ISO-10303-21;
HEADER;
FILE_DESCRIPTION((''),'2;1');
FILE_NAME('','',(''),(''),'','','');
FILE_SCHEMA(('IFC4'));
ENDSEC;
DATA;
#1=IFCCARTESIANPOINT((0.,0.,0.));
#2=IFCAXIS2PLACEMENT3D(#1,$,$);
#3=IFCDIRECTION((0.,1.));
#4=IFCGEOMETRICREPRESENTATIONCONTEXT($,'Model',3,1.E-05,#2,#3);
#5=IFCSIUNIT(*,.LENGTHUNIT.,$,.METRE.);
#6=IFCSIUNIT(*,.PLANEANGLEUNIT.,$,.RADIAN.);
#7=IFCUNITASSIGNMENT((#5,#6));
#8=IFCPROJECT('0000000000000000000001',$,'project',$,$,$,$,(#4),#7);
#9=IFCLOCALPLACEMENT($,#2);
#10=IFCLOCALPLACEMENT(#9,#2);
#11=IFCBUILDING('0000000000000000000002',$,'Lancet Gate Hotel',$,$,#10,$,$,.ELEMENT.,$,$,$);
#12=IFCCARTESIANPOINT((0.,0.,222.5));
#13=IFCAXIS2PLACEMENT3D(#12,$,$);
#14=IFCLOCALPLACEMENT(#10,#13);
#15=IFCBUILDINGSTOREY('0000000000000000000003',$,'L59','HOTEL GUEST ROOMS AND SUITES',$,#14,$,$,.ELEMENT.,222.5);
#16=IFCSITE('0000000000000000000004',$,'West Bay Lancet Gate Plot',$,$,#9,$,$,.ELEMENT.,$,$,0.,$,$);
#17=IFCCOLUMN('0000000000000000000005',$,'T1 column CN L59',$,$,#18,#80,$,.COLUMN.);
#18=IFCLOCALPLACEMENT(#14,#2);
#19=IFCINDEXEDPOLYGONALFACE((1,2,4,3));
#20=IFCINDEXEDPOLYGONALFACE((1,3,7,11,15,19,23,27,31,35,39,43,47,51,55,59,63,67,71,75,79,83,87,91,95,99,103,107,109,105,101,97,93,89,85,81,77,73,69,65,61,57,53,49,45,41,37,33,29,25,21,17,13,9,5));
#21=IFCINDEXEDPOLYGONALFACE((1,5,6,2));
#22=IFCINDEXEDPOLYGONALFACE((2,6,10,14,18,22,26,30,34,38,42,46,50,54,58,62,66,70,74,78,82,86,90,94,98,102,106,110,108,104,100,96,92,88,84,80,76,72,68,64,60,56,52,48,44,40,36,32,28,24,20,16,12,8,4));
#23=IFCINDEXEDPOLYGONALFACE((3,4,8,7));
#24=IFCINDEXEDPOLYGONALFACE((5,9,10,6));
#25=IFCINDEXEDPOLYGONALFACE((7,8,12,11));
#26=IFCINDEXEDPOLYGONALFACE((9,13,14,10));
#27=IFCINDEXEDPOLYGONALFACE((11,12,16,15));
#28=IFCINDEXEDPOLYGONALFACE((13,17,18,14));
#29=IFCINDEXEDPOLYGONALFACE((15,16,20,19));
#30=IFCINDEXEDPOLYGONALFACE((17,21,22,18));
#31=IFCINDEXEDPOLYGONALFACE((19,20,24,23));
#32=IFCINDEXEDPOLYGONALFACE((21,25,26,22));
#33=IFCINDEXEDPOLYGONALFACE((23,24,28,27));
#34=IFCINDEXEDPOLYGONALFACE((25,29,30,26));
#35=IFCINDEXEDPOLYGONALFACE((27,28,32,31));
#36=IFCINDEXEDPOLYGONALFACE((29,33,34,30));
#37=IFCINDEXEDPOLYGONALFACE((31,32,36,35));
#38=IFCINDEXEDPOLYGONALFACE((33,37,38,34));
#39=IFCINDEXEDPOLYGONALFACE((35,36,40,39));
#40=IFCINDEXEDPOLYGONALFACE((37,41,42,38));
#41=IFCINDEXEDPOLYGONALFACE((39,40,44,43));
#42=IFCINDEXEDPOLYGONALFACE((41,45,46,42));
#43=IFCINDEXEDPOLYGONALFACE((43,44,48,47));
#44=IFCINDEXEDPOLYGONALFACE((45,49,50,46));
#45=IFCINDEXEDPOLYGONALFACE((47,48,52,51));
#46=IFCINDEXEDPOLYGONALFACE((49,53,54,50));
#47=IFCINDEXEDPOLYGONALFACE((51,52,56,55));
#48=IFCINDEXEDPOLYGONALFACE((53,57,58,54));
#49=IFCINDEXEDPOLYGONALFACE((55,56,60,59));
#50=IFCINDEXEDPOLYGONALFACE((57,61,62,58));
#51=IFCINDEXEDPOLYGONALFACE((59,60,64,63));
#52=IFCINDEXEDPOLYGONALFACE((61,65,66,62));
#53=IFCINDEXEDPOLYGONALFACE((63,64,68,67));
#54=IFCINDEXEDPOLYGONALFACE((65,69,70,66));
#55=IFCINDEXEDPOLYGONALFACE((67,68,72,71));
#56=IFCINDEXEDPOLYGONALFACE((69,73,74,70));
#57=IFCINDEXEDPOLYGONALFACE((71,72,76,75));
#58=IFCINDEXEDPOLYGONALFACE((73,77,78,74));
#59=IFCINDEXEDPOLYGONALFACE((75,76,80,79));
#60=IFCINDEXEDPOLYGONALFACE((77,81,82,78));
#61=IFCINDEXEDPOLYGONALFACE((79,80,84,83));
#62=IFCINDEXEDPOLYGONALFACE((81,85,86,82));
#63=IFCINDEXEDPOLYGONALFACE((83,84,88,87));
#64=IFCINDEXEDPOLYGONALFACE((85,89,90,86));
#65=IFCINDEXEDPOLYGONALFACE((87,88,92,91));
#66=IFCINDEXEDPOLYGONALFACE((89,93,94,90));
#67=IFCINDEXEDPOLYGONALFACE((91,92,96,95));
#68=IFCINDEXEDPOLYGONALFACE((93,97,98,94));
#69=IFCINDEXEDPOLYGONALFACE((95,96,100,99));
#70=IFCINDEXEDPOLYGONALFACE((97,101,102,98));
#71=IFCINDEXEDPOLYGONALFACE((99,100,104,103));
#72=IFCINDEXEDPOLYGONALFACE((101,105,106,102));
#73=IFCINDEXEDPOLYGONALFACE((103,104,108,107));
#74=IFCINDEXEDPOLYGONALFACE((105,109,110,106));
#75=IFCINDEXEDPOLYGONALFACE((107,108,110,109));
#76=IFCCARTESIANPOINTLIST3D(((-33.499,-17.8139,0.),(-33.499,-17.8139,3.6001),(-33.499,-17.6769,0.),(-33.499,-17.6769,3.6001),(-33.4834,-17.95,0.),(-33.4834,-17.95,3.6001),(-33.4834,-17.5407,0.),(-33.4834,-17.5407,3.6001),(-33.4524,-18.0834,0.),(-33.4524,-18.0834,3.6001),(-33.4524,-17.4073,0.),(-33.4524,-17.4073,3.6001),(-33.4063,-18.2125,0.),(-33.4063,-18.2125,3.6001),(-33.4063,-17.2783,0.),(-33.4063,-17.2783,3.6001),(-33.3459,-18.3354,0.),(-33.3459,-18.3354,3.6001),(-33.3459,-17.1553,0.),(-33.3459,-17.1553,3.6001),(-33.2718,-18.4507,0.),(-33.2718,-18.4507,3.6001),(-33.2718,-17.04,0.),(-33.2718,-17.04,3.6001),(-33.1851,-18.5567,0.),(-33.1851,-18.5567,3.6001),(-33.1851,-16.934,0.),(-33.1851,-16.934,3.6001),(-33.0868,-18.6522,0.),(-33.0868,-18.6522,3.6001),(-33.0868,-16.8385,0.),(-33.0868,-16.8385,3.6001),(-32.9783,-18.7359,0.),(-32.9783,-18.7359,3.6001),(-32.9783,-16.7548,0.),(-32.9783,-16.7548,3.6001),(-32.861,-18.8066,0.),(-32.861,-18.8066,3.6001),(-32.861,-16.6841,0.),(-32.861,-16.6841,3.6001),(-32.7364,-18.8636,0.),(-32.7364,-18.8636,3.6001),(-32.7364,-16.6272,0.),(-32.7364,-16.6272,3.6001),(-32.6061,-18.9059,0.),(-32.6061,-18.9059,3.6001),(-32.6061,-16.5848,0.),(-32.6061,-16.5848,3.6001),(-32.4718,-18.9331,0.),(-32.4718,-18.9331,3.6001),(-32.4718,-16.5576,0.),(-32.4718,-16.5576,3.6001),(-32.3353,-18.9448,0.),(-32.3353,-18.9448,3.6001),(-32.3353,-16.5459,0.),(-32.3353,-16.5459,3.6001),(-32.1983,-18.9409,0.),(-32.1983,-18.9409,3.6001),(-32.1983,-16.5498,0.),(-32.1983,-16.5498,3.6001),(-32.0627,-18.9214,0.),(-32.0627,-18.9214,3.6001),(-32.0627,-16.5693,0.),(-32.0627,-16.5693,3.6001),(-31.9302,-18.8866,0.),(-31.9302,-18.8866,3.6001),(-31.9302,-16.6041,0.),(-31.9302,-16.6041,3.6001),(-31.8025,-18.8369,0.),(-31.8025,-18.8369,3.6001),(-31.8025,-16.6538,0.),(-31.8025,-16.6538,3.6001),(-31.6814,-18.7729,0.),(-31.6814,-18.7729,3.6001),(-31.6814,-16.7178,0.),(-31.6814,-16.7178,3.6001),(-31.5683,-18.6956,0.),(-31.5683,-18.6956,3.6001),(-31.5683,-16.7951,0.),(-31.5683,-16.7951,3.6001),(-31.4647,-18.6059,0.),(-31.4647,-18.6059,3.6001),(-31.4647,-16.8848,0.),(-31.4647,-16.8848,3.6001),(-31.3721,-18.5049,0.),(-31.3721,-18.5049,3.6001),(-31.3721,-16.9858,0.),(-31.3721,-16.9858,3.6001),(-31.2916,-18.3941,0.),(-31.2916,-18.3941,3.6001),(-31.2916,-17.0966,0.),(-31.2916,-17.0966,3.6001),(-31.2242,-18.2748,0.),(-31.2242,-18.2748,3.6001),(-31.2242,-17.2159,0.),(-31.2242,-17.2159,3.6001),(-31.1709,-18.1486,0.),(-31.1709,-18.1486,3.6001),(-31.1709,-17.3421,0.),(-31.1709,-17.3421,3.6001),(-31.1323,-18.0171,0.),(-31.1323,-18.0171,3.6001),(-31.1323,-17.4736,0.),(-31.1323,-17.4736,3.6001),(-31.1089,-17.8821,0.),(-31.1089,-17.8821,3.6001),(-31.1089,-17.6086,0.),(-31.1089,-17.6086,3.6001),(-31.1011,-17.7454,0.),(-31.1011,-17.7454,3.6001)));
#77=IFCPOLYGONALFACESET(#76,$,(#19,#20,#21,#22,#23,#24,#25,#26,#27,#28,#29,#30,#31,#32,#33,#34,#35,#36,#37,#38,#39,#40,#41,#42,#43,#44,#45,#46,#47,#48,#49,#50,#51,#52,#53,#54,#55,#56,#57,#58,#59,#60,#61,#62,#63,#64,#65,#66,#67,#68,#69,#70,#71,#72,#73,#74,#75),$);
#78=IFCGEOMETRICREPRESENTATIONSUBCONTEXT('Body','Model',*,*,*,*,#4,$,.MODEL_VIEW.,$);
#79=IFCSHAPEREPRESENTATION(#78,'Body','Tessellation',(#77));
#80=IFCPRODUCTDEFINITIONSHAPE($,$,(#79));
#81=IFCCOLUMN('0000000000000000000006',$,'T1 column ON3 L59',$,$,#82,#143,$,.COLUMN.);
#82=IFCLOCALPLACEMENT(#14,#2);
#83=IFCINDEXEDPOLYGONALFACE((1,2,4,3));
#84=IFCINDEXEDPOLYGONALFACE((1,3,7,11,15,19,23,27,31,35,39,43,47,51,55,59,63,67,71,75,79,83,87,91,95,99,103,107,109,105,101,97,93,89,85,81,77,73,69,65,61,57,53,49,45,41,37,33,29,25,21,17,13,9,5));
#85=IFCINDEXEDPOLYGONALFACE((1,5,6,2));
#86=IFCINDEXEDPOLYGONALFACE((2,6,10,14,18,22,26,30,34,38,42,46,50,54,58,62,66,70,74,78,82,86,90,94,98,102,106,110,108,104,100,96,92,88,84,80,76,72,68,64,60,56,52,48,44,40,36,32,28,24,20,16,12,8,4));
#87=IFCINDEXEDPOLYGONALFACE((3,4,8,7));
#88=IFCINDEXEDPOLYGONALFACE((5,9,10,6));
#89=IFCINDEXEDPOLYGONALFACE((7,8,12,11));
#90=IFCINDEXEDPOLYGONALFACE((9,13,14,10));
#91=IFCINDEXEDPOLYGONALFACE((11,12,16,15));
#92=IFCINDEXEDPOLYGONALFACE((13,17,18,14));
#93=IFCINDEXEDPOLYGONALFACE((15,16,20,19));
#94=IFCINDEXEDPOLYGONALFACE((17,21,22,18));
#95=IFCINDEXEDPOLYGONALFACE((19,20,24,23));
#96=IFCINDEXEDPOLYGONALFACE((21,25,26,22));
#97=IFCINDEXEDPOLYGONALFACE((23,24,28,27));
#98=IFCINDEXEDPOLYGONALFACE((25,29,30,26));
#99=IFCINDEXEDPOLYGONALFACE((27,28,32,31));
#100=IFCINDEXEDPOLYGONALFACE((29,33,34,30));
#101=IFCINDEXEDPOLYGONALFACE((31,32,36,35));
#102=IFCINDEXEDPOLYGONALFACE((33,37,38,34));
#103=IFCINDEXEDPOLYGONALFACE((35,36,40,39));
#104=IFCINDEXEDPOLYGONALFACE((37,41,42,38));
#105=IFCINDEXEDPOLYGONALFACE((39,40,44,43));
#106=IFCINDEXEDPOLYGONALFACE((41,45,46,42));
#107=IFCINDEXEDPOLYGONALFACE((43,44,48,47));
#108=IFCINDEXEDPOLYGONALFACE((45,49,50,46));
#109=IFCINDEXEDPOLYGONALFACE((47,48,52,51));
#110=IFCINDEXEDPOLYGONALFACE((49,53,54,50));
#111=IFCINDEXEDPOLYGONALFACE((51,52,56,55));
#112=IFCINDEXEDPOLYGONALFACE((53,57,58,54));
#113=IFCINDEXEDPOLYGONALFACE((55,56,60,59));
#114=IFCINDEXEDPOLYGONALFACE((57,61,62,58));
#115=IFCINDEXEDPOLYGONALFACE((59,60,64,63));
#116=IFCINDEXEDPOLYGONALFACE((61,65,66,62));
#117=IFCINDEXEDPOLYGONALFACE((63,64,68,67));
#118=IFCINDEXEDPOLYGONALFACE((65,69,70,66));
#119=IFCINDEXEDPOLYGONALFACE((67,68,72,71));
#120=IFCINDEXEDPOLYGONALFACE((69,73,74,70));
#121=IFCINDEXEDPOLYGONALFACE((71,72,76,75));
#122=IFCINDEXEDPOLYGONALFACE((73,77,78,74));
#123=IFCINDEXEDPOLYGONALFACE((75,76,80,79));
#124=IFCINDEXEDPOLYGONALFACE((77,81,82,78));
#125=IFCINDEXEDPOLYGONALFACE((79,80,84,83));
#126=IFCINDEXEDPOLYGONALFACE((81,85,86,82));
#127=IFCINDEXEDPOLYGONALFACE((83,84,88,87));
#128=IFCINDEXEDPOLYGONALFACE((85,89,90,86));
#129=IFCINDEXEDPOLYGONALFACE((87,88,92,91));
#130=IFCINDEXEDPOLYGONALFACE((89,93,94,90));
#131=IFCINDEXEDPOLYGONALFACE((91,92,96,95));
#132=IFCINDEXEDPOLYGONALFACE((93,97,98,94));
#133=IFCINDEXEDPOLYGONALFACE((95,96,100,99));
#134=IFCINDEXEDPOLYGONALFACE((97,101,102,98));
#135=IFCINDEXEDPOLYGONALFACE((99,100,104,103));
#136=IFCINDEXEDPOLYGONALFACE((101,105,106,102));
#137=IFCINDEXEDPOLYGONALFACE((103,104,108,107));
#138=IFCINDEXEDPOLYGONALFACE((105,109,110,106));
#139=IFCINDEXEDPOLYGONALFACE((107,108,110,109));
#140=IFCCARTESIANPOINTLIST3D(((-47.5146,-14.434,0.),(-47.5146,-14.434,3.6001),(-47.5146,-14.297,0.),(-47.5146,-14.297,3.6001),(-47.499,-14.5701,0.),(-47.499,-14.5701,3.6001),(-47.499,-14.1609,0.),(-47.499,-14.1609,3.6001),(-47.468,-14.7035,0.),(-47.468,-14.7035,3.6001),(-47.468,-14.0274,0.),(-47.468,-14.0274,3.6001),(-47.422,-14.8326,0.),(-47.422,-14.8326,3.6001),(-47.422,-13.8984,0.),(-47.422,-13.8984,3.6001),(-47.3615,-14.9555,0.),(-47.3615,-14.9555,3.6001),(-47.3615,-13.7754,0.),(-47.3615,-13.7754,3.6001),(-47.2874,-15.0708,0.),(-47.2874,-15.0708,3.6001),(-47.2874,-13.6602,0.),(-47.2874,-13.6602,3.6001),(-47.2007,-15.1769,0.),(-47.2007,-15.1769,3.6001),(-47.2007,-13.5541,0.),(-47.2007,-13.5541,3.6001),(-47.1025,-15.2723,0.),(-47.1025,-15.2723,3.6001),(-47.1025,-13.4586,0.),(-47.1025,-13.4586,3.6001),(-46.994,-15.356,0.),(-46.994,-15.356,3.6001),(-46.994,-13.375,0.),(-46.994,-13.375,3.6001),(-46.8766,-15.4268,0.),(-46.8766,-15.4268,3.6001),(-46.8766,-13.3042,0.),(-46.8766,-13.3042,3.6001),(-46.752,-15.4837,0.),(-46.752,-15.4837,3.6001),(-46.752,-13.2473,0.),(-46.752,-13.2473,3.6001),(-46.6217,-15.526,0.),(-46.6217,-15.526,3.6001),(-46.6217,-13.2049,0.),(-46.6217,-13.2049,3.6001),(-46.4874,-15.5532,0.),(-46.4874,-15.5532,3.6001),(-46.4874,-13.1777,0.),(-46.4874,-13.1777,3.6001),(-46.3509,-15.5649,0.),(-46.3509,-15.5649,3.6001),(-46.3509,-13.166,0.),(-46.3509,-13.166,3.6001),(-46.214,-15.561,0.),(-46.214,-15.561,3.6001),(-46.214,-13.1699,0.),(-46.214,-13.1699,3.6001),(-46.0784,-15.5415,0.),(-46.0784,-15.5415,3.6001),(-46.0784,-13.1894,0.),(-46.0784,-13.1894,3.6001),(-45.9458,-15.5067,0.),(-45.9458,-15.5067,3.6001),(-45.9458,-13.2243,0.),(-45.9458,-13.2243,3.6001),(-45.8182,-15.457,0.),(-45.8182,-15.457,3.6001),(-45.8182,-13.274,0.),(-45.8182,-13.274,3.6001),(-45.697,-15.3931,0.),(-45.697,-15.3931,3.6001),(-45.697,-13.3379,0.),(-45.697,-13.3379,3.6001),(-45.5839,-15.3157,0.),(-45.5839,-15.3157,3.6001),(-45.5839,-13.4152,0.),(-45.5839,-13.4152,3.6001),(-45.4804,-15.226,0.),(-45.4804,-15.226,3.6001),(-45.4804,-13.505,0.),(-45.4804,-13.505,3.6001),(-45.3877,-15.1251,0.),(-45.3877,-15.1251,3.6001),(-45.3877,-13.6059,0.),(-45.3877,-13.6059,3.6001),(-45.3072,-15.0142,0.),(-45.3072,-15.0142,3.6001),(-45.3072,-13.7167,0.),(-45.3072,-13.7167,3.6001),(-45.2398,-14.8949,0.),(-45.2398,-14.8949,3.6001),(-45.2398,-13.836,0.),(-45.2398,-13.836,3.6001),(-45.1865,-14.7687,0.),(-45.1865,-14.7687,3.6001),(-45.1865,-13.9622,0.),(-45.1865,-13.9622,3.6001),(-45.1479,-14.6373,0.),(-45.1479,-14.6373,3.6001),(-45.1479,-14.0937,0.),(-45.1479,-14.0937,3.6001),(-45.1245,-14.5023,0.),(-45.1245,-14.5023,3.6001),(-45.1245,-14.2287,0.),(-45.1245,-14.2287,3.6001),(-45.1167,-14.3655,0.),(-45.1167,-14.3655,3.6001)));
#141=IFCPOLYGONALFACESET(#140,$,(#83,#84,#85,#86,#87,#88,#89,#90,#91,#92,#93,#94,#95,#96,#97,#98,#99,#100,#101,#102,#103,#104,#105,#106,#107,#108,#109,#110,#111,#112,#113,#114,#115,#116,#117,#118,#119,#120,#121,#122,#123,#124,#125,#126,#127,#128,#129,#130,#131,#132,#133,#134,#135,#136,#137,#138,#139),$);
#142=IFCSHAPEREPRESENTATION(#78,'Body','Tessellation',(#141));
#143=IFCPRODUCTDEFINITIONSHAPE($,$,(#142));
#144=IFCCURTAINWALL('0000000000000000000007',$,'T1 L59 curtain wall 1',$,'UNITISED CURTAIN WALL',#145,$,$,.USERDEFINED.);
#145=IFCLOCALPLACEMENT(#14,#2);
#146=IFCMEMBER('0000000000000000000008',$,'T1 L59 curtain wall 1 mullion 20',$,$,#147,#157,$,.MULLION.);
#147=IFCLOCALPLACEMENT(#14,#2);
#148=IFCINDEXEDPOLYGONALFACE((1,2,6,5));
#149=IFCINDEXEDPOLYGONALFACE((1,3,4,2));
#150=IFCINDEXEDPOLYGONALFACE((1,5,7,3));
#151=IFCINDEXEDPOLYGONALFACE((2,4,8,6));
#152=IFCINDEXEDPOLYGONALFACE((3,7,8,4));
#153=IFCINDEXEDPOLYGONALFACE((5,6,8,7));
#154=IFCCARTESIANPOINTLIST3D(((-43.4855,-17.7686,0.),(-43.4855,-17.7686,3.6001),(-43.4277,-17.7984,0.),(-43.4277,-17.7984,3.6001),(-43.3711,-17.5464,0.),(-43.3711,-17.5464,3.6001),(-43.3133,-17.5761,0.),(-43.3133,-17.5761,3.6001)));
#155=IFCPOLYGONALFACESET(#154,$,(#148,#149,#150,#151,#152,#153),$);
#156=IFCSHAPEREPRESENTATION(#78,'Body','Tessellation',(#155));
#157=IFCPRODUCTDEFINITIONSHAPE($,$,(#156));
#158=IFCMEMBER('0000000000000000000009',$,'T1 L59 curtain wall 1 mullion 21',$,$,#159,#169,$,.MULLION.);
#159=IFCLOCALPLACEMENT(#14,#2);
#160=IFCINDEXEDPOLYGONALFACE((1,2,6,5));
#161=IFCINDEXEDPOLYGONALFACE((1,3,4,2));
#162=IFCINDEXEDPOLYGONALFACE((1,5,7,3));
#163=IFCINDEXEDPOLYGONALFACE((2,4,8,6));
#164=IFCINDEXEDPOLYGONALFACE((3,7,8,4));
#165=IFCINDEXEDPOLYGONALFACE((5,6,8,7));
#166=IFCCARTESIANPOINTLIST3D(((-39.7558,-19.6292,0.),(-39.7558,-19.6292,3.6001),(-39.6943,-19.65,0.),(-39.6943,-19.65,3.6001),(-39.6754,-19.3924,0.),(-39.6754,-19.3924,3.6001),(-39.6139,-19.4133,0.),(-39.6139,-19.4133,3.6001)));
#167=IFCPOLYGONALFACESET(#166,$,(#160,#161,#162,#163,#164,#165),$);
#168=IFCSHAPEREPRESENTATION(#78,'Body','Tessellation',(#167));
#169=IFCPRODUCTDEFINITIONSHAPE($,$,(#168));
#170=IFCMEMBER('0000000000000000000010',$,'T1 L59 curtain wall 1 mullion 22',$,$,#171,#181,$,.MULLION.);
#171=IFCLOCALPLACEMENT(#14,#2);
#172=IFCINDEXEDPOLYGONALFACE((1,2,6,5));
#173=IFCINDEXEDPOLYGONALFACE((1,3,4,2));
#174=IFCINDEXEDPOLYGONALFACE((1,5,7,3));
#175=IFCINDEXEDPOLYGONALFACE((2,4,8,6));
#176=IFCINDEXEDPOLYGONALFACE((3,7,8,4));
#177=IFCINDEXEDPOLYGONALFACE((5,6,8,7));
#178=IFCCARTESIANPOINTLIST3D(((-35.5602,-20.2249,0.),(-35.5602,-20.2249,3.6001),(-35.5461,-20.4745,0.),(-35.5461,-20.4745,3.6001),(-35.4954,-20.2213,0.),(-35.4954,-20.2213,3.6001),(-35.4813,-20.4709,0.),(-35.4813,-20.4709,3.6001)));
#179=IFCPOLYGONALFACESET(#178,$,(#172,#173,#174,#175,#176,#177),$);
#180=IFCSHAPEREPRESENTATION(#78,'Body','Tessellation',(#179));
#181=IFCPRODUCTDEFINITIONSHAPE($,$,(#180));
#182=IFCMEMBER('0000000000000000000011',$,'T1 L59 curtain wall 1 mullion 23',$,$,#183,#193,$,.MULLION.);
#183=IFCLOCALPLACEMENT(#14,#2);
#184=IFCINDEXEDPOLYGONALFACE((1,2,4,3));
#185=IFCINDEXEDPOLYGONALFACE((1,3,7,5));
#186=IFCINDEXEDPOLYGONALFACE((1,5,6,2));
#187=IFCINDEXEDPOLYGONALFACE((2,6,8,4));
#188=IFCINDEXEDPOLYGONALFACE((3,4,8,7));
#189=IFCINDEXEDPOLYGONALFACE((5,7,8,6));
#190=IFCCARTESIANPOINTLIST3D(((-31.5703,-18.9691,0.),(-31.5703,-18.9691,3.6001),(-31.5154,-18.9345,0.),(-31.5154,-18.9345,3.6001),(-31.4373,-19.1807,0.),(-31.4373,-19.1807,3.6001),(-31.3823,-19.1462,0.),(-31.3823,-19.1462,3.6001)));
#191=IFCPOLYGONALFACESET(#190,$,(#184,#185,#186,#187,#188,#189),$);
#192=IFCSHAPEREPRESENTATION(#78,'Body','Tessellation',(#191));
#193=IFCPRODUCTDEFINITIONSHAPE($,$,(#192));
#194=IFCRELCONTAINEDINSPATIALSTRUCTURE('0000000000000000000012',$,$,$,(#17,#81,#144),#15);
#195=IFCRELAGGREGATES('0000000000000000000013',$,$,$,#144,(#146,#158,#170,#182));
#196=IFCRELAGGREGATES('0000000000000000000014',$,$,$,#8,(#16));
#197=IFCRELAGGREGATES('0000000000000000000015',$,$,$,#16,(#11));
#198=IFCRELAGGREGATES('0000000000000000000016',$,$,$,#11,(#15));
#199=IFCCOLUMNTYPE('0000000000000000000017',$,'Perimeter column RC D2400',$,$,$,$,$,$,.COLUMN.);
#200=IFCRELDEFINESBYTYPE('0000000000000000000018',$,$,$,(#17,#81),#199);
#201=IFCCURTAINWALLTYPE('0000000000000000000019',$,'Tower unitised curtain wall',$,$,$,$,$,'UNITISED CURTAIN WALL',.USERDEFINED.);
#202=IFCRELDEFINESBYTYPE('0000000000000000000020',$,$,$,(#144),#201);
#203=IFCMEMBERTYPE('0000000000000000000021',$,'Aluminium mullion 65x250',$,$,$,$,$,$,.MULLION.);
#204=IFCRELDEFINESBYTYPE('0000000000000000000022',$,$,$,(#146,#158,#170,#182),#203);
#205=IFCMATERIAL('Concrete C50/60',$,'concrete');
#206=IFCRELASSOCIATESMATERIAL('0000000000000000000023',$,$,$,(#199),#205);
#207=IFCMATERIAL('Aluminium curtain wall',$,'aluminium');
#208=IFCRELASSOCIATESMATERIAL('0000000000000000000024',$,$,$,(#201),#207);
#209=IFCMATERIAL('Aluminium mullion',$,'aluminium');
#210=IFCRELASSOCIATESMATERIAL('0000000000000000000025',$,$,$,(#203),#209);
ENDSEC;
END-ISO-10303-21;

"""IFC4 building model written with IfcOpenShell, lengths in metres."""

from ifc_helpers import new_model, si_unit, direction, frame, origin, origin_2d, place, context, subcontext, project, spatial, rectangle, circle, extrude, material, material_profile, profile_set, type_object, element, aggregate, save


model = new_model("IFC4")

# Units and contexts
model_context = context("Model", 3, precision=1e-05, world=origin(), true_north=direction((0.0, 1.0)))
body_context = subcontext(model_context, "Body", "Model", "MODEL_VIEW")
ifc_project = project(units=[si_unit("LENGTHUNIT", "METRE"), si_unit("PLANEANGLEUNIT", "RADIAN")], contexts=[model_context])

# Site, building, storey
site_placement = place(None, origin())
site = spatial("IfcSite", under=ifc_project, at=site_placement, Name="West Bay Lancet Gate Plot", CompositionType="ELEMENT", RefElevation=0.0)
building_placement = place(site_placement, origin())
building = spatial("IfcBuilding", under=site, at=building_placement, Name="Lancet Gate Hotel", CompositionType="ELEMENT")
storey_placement = place(building_placement, frame((0.0, 0.0, 222.5)))
storey = spatial("IfcBuildingStorey", under=building, at=storey_placement, Name="L59", Description="HOTEL GUEST ROOMS AND SUITES", CompositionType="ELEMENT", Elevation=222.5)

# Columns
ifc_material_1 = material(Name="Concrete C50/60", Category="concrete")
ifc_material_profile_1 = material_profile(ifc_material_1, circle(Radius=1.2, at=origin_2d()), Name="RC D2400")
ifc_profile_set_1 = profile_set([ifc_material_profile_1], Name="Concrete C50/60")
column_type = type_object("IfcColumnType", Name="Perimeter column RC D2400", PredefinedType="COLUMN", material=ifc_profile_set_1)
for number, where, z_axis, x_axis, name in (
    (1, (-32.301, -17.7454, 0.0), (0.0, 0.0, 1.0), (1.0, 0.0, 0.0), "T1 column CN L59"),
    (2, (-46.3167, -14.3655, 0.0), (0.0, 0.0, 1.0), (1.0, 0.0, 0.0), "T1 column ON3 L59"),
):
    element("IfcColumn", number, at=place(storey_placement, frame(where, z_axis=z_axis, x_axis=x_axis)), inside=storey, type_object=column_type, Name=name, PredefinedType="COLUMN", context=body_context, shape_type="SweptSolid", body=[
        extrude(circle(Radius=1.2, at=origin_2d()), origin(), (0.0, 0.0, 1.0), 3.6001),
    ])

# Curtain wall, members
ifc_material_2 = material(Name="Aluminium curtain wall", Category="aluminium")
curtain_wall_type = type_object("IfcCurtainWallType", Name="Tower unitised curtain wall", ElementType="UNITISED CURTAIN WALL", PredefinedType="USERDEFINED", material=ifc_material_2)
curtain_wall_placement = place(storey_placement, origin())
curtain_wall = element("IfcCurtainWall", 3, at=curtain_wall_placement, inside=storey, type_object=curtain_wall_type, Name="T1 L59 curtain wall 1", ObjectType="UNITISED CURTAIN WALL", PredefinedType="USERDEFINED")
ifc_material_3 = material(Name="Aluminium mullion", Category="aluminium")
ifc_material_profile_2 = material_profile(ifc_material_3, rectangle(XDim=0.0649, YDim=0.25, at=origin_2d()), Name="MULLION 65x250")
ifc_profile_set_2 = profile_set([ifc_material_profile_2], Name="Aluminium mullion")
member_type_1 = type_object("IfcMemberType", Name="Aluminium mullion 65x250", PredefinedType="MULLION", material=ifc_profile_set_2)
member_1_placement = place(storey_placement, frame((-43.3994, -17.6724, 0.0), z_axis=(0.0, 0.0, 1.0), x_axis=(0.889156, -0.457605, 0.0)))
member_1 = element("IfcMember", 4, at=member_1_placement, type_object=member_type_1, Name="T1 L59 curtain wall 1 mullion 20", PredefinedType="MULLION", context=body_context, shape_type="SweptSolid", body=[
    extrude(rectangle(XDim=0.0649, YDim=0.25, at=origin_2d()), origin(), (0.0, 0.0, 1.0), 3.6001),
])
member_2_placement = place(storey_placement, frame((-39.6848, -19.5212, 0.0), z_axis=(0.0, 0.0, 1.0), x_axis=(0.946888, -0.321564, 0.0)))
member_2 = element("IfcMember", 5, at=member_2_placement, type_object=member_type_1, Name="T1 L59 curtain wall 1 mullion 21", PredefinedType="MULLION", context=body_context, shape_type="SweptSolid", body=[
    extrude(rectangle(XDim=0.0649, YDim=0.25, at=origin_2d()), origin(), (0.0, 0.0, 1.0), 3.6001),
])
member_3_placement = place(storey_placement, frame((-35.5208, -20.3479, 0.0), z_axis=(0.0, 0.0, 1.0), x_axis=(0.998409, 0.056384, 0.0)))
member_3 = element("IfcMember", 6, at=member_3_placement, type_object=member_type_1, Name="T1 L59 curtain wall 1 mullion 22", PredefinedType="MULLION", context=body_context, shape_type="SweptSolid", body=[
    extrude(rectangle(XDim=0.0649, YDim=0.25, at=origin_2d()), origin(), (0.0, 0.0, 1.0), 3.6001),
])
member_4_placement = place(storey_placement, frame((-31.4763, -19.0576, 0.0), z_axis=(0.0, 0.0, 1.0), x_axis=(0.846613, 0.532209, 0.0)))
member_4 = element("IfcMember", 7, at=member_4_placement, type_object=member_type_1, Name="T1 L59 curtain wall 1 mullion 23", PredefinedType="MULLION", context=body_context, shape_type="SweptSolid", body=[
    extrude(rectangle(XDim=0.0649, YDim=0.25, at=origin_2d()), origin(), (0.0, 0.0, 1.0), 3.6001),
])

aggregate(curtain_wall, [member_1, member_2, member_3, member_4])

save(model, "model.ifc")
